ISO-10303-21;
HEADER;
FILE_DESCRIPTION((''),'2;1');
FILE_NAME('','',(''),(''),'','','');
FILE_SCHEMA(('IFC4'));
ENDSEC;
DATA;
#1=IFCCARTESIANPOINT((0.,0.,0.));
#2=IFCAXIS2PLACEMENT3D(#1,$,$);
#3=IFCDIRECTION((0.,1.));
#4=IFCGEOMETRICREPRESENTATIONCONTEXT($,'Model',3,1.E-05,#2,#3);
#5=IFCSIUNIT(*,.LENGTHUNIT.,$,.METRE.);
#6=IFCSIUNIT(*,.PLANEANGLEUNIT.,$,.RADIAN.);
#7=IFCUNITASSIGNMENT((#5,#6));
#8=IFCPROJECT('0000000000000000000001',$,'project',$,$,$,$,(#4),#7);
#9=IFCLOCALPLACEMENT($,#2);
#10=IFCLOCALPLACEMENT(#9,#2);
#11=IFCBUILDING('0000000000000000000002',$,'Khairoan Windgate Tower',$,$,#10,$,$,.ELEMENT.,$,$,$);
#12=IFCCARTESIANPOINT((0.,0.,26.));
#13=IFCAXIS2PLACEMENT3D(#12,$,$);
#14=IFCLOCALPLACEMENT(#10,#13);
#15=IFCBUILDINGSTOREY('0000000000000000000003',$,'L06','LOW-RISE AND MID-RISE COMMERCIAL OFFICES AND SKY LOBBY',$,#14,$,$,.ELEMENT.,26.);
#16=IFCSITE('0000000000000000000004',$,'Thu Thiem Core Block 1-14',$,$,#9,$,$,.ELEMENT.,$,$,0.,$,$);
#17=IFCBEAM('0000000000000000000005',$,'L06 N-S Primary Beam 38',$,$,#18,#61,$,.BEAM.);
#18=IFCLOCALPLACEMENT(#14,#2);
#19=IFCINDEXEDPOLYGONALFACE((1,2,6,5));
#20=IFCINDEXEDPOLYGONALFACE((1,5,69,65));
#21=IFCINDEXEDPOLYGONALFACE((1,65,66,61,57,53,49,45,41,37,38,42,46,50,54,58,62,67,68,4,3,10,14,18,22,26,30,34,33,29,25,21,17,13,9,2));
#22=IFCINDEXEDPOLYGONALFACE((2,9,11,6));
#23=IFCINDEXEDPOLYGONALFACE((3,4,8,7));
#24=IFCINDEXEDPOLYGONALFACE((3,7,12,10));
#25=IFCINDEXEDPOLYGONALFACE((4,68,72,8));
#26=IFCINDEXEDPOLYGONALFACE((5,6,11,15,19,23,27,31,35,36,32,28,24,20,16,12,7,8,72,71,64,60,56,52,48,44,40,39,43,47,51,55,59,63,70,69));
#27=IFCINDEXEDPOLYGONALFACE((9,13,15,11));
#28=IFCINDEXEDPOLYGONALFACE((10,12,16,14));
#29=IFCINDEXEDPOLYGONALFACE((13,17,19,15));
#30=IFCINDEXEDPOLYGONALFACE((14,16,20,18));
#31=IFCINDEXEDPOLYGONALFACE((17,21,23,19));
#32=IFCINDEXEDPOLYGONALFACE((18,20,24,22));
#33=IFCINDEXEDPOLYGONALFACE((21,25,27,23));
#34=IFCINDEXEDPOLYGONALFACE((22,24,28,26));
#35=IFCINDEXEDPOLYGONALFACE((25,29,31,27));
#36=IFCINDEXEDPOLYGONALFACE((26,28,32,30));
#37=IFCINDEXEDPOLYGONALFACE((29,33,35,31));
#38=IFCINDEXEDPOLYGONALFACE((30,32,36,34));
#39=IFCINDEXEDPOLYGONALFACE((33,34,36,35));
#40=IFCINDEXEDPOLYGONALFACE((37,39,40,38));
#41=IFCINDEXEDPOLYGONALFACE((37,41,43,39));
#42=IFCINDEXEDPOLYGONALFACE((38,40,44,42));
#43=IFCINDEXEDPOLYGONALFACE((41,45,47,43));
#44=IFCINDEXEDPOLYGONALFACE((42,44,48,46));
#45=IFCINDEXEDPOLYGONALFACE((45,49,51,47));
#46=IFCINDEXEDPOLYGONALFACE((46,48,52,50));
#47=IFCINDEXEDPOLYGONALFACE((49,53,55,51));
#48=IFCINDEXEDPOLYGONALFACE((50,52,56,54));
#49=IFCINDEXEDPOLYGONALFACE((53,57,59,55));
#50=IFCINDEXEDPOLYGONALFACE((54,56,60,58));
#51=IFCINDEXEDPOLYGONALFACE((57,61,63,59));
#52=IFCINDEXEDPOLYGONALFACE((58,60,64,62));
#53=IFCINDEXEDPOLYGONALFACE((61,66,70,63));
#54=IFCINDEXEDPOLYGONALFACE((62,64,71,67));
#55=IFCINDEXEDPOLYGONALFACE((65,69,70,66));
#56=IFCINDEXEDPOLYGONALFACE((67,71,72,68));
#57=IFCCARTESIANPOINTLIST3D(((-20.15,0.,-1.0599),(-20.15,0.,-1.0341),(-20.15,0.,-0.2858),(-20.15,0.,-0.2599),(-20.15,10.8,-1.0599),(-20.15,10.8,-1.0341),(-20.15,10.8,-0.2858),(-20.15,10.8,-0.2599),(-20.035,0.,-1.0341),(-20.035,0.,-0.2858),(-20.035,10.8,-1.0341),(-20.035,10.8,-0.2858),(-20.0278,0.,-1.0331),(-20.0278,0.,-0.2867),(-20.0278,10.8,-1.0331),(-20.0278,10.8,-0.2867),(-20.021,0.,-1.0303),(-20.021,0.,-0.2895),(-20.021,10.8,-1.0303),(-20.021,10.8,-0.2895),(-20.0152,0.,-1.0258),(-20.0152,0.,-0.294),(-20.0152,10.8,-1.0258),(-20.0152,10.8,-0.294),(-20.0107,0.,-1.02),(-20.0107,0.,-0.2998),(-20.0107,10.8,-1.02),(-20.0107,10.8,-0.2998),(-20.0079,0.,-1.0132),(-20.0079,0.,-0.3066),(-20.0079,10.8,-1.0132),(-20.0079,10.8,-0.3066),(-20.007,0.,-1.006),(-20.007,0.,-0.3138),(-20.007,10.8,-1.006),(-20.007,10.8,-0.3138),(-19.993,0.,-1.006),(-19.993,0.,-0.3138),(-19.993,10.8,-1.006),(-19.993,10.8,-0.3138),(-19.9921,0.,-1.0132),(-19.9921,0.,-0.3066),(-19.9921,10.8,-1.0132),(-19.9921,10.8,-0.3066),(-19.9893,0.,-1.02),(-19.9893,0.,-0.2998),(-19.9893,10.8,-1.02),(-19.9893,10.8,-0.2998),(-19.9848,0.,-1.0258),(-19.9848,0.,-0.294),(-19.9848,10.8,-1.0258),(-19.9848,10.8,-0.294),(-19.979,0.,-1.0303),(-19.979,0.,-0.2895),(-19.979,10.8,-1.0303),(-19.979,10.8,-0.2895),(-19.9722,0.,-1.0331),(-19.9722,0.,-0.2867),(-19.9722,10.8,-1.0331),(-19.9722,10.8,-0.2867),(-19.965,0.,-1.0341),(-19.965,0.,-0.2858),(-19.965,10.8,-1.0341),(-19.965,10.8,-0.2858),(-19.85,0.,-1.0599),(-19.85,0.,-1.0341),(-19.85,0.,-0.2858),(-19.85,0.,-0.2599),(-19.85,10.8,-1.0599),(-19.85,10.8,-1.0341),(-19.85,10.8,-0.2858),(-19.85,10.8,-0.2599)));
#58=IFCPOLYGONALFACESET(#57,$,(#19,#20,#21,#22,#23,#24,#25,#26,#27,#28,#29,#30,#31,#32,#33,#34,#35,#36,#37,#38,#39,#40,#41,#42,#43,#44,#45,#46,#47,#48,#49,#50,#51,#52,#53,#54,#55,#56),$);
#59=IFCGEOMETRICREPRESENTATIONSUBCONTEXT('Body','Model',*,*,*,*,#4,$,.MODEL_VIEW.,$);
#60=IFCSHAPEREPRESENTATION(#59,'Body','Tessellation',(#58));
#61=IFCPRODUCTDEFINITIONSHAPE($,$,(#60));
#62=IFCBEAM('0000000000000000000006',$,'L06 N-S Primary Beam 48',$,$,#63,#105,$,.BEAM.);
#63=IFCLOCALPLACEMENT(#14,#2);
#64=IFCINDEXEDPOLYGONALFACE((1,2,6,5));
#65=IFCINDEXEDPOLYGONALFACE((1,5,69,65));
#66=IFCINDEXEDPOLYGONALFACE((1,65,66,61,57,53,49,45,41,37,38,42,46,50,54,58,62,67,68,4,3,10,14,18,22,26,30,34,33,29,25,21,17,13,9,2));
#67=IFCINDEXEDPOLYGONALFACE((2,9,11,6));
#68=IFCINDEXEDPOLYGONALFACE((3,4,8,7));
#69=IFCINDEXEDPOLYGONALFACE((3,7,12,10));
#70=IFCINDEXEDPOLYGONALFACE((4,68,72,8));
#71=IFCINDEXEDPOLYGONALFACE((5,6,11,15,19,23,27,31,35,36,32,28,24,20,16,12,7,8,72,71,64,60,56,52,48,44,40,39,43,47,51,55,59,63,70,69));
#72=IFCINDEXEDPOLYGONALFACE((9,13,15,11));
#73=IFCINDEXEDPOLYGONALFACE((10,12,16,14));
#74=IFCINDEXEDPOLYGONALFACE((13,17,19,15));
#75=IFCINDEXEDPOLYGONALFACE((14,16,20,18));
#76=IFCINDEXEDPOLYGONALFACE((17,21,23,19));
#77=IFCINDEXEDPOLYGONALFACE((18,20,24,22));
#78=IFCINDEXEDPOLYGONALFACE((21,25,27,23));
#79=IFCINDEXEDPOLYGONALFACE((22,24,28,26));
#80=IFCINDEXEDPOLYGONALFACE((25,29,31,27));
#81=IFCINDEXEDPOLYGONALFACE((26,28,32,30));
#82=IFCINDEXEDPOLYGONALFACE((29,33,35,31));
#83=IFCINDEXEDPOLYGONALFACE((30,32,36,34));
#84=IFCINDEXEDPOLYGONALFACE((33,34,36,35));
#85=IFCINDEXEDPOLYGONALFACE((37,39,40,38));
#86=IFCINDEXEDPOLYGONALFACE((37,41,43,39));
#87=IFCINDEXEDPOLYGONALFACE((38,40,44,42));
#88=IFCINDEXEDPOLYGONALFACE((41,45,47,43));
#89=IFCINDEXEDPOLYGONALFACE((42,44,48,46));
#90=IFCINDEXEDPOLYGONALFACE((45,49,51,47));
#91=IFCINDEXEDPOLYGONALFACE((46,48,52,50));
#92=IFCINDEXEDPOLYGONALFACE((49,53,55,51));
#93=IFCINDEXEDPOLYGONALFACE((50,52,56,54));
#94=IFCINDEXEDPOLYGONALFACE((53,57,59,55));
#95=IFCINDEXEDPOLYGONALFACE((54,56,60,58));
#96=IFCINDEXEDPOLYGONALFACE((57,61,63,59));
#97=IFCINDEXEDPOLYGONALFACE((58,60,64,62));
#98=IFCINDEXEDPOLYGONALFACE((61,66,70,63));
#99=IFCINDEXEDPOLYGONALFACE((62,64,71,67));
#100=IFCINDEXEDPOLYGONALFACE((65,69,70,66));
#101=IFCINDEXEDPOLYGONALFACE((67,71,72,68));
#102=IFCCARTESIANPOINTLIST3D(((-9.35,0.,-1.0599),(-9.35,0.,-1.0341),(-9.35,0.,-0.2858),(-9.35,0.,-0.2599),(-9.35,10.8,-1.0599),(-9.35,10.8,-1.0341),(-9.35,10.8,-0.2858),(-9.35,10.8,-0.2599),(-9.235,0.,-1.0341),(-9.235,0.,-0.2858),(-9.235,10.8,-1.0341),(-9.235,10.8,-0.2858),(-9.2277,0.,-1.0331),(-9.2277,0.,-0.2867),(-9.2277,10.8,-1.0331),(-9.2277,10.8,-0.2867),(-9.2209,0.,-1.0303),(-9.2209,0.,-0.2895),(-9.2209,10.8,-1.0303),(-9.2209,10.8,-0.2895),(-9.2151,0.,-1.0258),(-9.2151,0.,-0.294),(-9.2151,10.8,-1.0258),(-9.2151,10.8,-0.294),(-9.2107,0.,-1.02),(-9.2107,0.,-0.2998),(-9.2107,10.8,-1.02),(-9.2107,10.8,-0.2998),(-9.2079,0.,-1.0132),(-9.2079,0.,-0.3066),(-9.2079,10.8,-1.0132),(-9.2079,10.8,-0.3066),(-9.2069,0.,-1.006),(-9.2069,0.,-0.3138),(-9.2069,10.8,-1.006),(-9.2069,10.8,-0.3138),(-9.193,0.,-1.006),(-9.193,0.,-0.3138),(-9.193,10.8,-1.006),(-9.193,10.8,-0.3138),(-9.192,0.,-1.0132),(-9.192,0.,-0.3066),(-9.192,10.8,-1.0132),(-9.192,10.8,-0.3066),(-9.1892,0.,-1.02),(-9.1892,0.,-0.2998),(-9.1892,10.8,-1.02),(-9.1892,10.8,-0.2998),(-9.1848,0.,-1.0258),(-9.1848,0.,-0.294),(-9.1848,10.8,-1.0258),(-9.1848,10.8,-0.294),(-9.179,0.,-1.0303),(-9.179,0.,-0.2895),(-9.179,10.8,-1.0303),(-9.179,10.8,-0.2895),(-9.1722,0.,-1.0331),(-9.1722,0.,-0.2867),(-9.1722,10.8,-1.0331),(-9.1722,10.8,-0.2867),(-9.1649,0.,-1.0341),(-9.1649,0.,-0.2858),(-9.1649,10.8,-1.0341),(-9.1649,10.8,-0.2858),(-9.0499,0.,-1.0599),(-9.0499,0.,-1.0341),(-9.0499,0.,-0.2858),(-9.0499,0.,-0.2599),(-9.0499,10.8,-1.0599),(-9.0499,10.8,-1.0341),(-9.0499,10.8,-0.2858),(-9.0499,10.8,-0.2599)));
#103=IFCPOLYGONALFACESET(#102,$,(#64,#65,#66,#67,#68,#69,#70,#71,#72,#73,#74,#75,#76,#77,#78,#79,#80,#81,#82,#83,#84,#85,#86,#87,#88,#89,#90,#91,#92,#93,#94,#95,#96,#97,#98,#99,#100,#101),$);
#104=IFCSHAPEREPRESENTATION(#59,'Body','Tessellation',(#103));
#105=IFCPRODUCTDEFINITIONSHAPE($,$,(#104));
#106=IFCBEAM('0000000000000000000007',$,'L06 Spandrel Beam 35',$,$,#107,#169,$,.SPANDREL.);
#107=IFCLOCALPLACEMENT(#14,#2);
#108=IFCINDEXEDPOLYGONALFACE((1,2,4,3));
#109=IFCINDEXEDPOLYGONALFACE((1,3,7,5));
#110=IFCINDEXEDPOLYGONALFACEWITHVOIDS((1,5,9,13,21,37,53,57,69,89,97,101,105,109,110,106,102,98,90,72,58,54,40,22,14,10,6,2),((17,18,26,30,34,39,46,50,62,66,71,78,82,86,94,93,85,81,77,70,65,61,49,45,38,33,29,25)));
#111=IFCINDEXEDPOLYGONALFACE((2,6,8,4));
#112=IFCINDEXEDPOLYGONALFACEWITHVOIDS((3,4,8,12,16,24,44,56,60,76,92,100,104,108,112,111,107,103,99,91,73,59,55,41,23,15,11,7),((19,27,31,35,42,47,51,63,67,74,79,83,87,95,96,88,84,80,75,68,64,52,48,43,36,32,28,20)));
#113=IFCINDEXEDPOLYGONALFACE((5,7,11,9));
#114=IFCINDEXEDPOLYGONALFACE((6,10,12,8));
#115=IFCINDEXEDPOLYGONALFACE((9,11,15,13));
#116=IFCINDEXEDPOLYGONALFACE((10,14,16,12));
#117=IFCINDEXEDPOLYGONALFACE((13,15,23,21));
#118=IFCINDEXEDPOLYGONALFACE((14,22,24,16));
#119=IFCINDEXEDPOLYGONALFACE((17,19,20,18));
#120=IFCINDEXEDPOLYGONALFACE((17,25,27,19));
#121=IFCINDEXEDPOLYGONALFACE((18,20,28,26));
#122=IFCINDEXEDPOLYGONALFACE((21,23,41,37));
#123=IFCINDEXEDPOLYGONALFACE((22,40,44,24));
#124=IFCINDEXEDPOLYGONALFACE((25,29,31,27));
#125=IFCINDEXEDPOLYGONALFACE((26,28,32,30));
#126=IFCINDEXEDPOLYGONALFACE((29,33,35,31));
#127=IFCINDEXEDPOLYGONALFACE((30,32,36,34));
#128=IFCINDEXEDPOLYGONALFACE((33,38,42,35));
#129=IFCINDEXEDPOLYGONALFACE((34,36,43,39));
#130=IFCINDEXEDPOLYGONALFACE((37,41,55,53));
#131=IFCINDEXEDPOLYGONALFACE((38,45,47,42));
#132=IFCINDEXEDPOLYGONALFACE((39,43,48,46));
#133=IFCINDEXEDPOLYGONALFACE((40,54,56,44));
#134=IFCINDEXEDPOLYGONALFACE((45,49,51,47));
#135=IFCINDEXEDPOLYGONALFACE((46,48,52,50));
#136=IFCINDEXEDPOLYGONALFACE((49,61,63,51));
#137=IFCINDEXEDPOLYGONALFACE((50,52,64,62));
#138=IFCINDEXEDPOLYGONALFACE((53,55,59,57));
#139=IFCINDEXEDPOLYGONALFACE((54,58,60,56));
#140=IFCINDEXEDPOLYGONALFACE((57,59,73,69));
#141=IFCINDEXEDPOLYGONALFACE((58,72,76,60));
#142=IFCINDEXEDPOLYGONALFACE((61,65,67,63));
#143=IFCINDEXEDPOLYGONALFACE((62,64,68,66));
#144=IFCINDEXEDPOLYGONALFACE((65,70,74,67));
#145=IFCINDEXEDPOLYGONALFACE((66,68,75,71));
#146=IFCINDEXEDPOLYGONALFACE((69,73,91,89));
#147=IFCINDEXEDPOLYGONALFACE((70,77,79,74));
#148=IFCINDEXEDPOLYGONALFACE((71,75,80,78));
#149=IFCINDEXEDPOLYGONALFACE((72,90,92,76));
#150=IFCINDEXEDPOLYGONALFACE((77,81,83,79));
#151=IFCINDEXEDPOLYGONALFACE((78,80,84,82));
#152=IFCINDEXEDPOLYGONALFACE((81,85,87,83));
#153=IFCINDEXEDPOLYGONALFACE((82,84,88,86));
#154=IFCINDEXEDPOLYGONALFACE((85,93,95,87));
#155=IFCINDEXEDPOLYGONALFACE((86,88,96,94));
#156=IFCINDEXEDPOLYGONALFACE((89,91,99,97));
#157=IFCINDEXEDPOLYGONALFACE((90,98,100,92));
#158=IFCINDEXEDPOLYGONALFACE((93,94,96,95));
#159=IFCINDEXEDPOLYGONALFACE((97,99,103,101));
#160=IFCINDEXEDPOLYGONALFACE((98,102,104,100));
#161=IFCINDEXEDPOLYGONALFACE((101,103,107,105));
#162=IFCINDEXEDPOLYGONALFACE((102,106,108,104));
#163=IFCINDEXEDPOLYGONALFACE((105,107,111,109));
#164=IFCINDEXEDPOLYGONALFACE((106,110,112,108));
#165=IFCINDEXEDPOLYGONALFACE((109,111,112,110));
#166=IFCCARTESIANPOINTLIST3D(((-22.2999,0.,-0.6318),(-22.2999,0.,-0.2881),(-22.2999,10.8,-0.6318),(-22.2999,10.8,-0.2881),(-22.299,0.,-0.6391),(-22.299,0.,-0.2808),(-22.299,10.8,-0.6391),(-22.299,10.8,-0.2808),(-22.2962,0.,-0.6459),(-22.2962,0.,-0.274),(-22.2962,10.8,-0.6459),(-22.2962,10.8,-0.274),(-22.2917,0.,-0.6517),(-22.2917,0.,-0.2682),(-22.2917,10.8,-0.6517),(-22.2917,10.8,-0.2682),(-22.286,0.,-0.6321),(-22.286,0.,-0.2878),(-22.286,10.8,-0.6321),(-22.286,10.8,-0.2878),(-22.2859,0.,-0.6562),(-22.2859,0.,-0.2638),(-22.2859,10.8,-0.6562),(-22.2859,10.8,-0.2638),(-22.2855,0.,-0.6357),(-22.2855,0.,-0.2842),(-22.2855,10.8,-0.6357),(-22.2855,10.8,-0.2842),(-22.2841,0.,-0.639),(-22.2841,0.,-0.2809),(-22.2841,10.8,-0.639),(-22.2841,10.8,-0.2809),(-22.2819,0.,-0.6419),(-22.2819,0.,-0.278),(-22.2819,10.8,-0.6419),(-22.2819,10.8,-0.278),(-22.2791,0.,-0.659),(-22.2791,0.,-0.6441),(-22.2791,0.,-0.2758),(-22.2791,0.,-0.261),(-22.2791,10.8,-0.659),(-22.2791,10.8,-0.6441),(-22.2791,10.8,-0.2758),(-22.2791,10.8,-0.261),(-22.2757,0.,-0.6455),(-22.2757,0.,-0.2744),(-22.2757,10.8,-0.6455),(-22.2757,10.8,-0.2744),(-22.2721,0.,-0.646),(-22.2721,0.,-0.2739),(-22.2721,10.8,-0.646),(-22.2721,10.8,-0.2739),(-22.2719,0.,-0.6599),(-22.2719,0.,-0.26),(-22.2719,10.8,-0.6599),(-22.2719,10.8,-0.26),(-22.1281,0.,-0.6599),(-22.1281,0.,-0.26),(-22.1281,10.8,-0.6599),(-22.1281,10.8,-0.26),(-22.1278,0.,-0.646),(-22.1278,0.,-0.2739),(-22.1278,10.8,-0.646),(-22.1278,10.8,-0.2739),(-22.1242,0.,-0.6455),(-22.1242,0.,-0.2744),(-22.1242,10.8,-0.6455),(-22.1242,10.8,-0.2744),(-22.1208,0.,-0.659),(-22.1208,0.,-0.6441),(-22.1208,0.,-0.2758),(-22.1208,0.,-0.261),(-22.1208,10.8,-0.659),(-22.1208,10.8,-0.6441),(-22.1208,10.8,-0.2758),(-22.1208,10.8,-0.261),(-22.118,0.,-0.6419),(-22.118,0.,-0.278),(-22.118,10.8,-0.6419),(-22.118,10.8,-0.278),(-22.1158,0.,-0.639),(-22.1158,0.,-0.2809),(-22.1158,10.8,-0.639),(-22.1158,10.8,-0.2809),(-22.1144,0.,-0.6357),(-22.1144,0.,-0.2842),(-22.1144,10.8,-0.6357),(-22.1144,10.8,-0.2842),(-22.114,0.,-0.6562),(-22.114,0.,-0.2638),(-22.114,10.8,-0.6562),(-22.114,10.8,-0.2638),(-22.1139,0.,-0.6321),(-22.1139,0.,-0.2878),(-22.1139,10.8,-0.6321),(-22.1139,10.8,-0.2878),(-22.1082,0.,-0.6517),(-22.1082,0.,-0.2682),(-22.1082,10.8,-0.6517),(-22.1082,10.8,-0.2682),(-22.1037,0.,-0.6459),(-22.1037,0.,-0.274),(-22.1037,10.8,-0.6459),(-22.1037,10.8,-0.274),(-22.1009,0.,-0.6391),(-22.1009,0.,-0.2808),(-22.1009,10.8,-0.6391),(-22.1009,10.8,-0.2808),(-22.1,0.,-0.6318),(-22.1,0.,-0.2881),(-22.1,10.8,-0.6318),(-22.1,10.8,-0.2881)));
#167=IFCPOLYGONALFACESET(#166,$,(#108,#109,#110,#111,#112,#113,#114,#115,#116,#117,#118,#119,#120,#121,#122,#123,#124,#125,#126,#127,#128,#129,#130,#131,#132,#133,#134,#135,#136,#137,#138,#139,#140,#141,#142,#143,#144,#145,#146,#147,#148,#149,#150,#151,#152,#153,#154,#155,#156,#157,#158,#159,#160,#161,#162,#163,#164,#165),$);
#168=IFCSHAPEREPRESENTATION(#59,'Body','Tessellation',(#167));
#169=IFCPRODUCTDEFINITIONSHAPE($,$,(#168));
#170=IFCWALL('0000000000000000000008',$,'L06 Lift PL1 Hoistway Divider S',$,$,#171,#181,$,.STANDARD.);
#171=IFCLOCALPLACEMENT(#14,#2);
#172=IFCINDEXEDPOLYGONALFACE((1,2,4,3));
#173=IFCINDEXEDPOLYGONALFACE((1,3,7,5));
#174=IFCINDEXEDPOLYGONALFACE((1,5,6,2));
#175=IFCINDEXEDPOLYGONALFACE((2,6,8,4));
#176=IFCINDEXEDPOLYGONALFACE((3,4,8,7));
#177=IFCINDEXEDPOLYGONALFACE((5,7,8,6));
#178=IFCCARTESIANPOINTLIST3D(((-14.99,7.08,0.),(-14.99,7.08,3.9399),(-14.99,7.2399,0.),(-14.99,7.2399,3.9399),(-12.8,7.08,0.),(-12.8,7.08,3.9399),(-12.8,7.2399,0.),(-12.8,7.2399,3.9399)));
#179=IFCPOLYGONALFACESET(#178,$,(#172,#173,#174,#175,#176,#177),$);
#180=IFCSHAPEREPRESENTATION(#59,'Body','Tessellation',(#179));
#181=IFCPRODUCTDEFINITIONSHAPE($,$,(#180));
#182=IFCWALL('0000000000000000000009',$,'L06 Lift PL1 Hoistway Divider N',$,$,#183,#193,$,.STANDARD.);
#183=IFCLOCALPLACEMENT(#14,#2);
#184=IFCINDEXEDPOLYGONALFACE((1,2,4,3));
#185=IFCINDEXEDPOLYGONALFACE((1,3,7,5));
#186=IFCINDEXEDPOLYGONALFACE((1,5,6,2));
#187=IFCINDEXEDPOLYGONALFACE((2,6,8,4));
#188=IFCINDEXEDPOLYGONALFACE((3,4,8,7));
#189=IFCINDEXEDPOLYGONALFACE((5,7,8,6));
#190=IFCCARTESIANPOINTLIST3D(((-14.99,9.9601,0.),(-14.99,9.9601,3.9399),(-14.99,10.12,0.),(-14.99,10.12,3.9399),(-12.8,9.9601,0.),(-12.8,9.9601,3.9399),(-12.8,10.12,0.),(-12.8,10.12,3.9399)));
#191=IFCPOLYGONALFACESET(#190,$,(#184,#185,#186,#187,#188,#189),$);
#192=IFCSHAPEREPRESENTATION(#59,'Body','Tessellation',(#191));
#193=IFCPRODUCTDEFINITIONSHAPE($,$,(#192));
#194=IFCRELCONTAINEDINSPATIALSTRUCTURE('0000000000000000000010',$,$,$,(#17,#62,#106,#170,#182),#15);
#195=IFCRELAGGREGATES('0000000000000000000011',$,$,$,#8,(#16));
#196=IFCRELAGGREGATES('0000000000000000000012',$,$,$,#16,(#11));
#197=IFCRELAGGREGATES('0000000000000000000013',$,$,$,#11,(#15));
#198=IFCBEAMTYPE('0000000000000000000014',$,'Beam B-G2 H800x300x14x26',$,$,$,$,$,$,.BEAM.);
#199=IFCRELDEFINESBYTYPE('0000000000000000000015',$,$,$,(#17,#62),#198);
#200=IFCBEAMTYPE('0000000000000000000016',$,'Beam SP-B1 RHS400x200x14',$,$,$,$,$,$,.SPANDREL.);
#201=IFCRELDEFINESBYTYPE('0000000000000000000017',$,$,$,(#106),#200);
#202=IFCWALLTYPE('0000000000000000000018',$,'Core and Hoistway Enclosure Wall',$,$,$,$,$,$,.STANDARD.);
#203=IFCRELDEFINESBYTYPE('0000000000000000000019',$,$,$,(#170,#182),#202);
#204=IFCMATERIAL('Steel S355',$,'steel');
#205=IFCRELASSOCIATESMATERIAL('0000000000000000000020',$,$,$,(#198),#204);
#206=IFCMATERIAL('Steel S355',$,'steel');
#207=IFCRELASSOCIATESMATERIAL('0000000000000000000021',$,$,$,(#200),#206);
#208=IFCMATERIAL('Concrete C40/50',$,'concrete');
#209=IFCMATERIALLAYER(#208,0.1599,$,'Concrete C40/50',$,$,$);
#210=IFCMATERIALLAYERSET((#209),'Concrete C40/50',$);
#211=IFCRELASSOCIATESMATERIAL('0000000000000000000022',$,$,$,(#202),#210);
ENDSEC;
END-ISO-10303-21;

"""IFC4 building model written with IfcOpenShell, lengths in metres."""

from ifc_helpers import new_model, si_unit, direction, frame, frame_2d, origin, origin_2d, place, context, subcontext, project, spatial, rectangle, hollow_rectangle, i_section, extrude, material, layer, layer_set, material_profile, profile_set, type_object, element, save


model = new_model("IFC4")

# Units and contexts
model_context = context("Model", 3, precision=1e-05, world=origin(), true_north=direction((0.0, 1.0)))
body_context = subcontext(model_context, "Body", "Model", "MODEL_VIEW")
ifc_project = project(units=[si_unit("LENGTHUNIT", "METRE"), si_unit("PLANEANGLEUNIT", "RADIAN")], contexts=[model_context])

# Site, building, storey
site_placement = place(None, origin())
site = spatial("IfcSite", under=ifc_project, at=site_placement, Name="Thu Thiem Core Block 1-14", CompositionType="ELEMENT", RefElevation=0.0)
building_placement = place(site_placement, origin())
building = spatial("IfcBuilding", under=site, at=building_placement, Name="Khairoan Windgate Tower", CompositionType="ELEMENT")
storey_placement = place(building_placement, frame((0.0, 0.0, 26.0)))
storey = spatial("IfcBuildingStorey", under=building, at=storey_placement, Name="L06", Description="LOW-RISE AND MID-RISE COMMERCIAL OFFICES AND SKY LOBBY", CompositionType="ELEMENT", Elevation=26.0)

# Beams
ifc_material_1 = material(Name="Steel S355", Category="steel")
ifc_material_profile_1 = material_profile(ifc_material_1, i_section(OverallWidth=0.3, OverallDepth=0.8, WebThickness=0.0139, FlangeThickness=0.0259, FilletRadius=0.0281, at=origin_2d()))
ifc_profile_set_1 = profile_set([ifc_material_profile_1], Name="Steel S355")
beam_type_1 = type_object("IfcBeamType", Name="Beam B-G2 H800x300x14x26", PredefinedType="BEAM", material=ifc_profile_set_1)
for number, where, z_axis, x_axis, name in (
    (1, (-20.0, 0.0, -0.6599), (0.0, 1.0, 0.0), (-1.0, 0.0, 0.0), "L06 N-S Primary Beam 38"),
    (2, (-9.2, 0.0, -0.6599), (0.0, 1.0, 0.0), (-1.0, 0.0, 0.0), "L06 N-S Primary Beam 48"),
):
    element("IfcBeam", number, at=place(storey_placement, frame(where, z_axis=z_axis, x_axis=x_axis)), inside=storey, type_object=beam_type_1, Name=name, PredefinedType="BEAM", context=body_context, shape_type="SweptSolid", body=[
        extrude(i_section(OverallWidth=0.3, OverallDepth=0.8, WebThickness=0.0139, FlangeThickness=0.0259, FilletRadius=0.0281, at=origin_2d()), origin(), (0.0, 0.0, 1.0), 10.8),
    ])
ifc_material_2 = material(Name="Steel S355", Category="steel")
ifc_material_profile_2 = material_profile(ifc_material_2, hollow_rectangle(XDim=0.2, YDim=0.3999, WallThickness=0.0139, InnerFilletRadius=0.0139, OuterFilletRadius=0.0281, at=origin_2d()))
ifc_profile_set_2 = profile_set([ifc_material_profile_2], Name="Steel S355")
beam_type_2 = type_object("IfcBeamType", Name="Beam SP-B1 RHS400x200x14", PredefinedType="SPANDREL", material=ifc_profile_set_2)
beam_1_placement = place(storey_placement, frame((-22.2, 0.0, -0.46), z_axis=(0.0, 1.0, 0.0), x_axis=(-1.0, 0.0, 0.0)))
element("IfcBeam", 3, at=beam_1_placement, inside=storey, type_object=beam_type_2, Name="L06 Spandrel Beam 35", PredefinedType="SPANDREL", context=body_context, shape_type="SweptSolid", body=[
    extrude(hollow_rectangle(XDim=0.2, YDim=0.3999, WallThickness=0.0139, InnerFilletRadius=0.0139, OuterFilletRadius=0.0281, at=origin_2d()), origin(), (0.0, 0.0, 1.0), 10.8),
])

# Walls
ifc_material_3 = material(Name="Concrete C40/50", Category="concrete")
ifc_layer_1 = layer(ifc_material_3, 0.1599, Name="Concrete C40/50")
ifc_layer_set_1 = layer_set([ifc_layer_1], Name="Concrete C40/50")
wall_type_1 = type_object("IfcWallType", Name="Core and Hoistway Enclosure Wall", PredefinedType="STANDARD", material=ifc_layer_set_1)
for number, where, z_axis, x_axis, name in (
    (4, (-14.99, 7.1599, 0.0), (0.0, 0.0, 1.0), (1.0, 0.0, 0.0), "L06 Lift PL1 Hoistway Divider S"),
    (5, (-14.99, 10.04, 0.0), (0.0, 0.0, 1.0), (1.0, 0.0, 0.0), "L06 Lift PL1 Hoistway Divider N"),
):
    element("IfcWall", number, at=place(storey_placement, frame(where, z_axis=z_axis, x_axis=x_axis)), inside=storey, type_object=wall_type_1, Name=name, PredefinedType="STANDARD", context=body_context, shape_type="SweptSolid", body=[
        extrude(rectangle(XDim=2.1899, YDim=0.1599, at=frame_2d((1.095, 0.0))), origin(), (0.0, 0.0, 1.0), 3.9399),
    ])

save(model, "model.ifc")
